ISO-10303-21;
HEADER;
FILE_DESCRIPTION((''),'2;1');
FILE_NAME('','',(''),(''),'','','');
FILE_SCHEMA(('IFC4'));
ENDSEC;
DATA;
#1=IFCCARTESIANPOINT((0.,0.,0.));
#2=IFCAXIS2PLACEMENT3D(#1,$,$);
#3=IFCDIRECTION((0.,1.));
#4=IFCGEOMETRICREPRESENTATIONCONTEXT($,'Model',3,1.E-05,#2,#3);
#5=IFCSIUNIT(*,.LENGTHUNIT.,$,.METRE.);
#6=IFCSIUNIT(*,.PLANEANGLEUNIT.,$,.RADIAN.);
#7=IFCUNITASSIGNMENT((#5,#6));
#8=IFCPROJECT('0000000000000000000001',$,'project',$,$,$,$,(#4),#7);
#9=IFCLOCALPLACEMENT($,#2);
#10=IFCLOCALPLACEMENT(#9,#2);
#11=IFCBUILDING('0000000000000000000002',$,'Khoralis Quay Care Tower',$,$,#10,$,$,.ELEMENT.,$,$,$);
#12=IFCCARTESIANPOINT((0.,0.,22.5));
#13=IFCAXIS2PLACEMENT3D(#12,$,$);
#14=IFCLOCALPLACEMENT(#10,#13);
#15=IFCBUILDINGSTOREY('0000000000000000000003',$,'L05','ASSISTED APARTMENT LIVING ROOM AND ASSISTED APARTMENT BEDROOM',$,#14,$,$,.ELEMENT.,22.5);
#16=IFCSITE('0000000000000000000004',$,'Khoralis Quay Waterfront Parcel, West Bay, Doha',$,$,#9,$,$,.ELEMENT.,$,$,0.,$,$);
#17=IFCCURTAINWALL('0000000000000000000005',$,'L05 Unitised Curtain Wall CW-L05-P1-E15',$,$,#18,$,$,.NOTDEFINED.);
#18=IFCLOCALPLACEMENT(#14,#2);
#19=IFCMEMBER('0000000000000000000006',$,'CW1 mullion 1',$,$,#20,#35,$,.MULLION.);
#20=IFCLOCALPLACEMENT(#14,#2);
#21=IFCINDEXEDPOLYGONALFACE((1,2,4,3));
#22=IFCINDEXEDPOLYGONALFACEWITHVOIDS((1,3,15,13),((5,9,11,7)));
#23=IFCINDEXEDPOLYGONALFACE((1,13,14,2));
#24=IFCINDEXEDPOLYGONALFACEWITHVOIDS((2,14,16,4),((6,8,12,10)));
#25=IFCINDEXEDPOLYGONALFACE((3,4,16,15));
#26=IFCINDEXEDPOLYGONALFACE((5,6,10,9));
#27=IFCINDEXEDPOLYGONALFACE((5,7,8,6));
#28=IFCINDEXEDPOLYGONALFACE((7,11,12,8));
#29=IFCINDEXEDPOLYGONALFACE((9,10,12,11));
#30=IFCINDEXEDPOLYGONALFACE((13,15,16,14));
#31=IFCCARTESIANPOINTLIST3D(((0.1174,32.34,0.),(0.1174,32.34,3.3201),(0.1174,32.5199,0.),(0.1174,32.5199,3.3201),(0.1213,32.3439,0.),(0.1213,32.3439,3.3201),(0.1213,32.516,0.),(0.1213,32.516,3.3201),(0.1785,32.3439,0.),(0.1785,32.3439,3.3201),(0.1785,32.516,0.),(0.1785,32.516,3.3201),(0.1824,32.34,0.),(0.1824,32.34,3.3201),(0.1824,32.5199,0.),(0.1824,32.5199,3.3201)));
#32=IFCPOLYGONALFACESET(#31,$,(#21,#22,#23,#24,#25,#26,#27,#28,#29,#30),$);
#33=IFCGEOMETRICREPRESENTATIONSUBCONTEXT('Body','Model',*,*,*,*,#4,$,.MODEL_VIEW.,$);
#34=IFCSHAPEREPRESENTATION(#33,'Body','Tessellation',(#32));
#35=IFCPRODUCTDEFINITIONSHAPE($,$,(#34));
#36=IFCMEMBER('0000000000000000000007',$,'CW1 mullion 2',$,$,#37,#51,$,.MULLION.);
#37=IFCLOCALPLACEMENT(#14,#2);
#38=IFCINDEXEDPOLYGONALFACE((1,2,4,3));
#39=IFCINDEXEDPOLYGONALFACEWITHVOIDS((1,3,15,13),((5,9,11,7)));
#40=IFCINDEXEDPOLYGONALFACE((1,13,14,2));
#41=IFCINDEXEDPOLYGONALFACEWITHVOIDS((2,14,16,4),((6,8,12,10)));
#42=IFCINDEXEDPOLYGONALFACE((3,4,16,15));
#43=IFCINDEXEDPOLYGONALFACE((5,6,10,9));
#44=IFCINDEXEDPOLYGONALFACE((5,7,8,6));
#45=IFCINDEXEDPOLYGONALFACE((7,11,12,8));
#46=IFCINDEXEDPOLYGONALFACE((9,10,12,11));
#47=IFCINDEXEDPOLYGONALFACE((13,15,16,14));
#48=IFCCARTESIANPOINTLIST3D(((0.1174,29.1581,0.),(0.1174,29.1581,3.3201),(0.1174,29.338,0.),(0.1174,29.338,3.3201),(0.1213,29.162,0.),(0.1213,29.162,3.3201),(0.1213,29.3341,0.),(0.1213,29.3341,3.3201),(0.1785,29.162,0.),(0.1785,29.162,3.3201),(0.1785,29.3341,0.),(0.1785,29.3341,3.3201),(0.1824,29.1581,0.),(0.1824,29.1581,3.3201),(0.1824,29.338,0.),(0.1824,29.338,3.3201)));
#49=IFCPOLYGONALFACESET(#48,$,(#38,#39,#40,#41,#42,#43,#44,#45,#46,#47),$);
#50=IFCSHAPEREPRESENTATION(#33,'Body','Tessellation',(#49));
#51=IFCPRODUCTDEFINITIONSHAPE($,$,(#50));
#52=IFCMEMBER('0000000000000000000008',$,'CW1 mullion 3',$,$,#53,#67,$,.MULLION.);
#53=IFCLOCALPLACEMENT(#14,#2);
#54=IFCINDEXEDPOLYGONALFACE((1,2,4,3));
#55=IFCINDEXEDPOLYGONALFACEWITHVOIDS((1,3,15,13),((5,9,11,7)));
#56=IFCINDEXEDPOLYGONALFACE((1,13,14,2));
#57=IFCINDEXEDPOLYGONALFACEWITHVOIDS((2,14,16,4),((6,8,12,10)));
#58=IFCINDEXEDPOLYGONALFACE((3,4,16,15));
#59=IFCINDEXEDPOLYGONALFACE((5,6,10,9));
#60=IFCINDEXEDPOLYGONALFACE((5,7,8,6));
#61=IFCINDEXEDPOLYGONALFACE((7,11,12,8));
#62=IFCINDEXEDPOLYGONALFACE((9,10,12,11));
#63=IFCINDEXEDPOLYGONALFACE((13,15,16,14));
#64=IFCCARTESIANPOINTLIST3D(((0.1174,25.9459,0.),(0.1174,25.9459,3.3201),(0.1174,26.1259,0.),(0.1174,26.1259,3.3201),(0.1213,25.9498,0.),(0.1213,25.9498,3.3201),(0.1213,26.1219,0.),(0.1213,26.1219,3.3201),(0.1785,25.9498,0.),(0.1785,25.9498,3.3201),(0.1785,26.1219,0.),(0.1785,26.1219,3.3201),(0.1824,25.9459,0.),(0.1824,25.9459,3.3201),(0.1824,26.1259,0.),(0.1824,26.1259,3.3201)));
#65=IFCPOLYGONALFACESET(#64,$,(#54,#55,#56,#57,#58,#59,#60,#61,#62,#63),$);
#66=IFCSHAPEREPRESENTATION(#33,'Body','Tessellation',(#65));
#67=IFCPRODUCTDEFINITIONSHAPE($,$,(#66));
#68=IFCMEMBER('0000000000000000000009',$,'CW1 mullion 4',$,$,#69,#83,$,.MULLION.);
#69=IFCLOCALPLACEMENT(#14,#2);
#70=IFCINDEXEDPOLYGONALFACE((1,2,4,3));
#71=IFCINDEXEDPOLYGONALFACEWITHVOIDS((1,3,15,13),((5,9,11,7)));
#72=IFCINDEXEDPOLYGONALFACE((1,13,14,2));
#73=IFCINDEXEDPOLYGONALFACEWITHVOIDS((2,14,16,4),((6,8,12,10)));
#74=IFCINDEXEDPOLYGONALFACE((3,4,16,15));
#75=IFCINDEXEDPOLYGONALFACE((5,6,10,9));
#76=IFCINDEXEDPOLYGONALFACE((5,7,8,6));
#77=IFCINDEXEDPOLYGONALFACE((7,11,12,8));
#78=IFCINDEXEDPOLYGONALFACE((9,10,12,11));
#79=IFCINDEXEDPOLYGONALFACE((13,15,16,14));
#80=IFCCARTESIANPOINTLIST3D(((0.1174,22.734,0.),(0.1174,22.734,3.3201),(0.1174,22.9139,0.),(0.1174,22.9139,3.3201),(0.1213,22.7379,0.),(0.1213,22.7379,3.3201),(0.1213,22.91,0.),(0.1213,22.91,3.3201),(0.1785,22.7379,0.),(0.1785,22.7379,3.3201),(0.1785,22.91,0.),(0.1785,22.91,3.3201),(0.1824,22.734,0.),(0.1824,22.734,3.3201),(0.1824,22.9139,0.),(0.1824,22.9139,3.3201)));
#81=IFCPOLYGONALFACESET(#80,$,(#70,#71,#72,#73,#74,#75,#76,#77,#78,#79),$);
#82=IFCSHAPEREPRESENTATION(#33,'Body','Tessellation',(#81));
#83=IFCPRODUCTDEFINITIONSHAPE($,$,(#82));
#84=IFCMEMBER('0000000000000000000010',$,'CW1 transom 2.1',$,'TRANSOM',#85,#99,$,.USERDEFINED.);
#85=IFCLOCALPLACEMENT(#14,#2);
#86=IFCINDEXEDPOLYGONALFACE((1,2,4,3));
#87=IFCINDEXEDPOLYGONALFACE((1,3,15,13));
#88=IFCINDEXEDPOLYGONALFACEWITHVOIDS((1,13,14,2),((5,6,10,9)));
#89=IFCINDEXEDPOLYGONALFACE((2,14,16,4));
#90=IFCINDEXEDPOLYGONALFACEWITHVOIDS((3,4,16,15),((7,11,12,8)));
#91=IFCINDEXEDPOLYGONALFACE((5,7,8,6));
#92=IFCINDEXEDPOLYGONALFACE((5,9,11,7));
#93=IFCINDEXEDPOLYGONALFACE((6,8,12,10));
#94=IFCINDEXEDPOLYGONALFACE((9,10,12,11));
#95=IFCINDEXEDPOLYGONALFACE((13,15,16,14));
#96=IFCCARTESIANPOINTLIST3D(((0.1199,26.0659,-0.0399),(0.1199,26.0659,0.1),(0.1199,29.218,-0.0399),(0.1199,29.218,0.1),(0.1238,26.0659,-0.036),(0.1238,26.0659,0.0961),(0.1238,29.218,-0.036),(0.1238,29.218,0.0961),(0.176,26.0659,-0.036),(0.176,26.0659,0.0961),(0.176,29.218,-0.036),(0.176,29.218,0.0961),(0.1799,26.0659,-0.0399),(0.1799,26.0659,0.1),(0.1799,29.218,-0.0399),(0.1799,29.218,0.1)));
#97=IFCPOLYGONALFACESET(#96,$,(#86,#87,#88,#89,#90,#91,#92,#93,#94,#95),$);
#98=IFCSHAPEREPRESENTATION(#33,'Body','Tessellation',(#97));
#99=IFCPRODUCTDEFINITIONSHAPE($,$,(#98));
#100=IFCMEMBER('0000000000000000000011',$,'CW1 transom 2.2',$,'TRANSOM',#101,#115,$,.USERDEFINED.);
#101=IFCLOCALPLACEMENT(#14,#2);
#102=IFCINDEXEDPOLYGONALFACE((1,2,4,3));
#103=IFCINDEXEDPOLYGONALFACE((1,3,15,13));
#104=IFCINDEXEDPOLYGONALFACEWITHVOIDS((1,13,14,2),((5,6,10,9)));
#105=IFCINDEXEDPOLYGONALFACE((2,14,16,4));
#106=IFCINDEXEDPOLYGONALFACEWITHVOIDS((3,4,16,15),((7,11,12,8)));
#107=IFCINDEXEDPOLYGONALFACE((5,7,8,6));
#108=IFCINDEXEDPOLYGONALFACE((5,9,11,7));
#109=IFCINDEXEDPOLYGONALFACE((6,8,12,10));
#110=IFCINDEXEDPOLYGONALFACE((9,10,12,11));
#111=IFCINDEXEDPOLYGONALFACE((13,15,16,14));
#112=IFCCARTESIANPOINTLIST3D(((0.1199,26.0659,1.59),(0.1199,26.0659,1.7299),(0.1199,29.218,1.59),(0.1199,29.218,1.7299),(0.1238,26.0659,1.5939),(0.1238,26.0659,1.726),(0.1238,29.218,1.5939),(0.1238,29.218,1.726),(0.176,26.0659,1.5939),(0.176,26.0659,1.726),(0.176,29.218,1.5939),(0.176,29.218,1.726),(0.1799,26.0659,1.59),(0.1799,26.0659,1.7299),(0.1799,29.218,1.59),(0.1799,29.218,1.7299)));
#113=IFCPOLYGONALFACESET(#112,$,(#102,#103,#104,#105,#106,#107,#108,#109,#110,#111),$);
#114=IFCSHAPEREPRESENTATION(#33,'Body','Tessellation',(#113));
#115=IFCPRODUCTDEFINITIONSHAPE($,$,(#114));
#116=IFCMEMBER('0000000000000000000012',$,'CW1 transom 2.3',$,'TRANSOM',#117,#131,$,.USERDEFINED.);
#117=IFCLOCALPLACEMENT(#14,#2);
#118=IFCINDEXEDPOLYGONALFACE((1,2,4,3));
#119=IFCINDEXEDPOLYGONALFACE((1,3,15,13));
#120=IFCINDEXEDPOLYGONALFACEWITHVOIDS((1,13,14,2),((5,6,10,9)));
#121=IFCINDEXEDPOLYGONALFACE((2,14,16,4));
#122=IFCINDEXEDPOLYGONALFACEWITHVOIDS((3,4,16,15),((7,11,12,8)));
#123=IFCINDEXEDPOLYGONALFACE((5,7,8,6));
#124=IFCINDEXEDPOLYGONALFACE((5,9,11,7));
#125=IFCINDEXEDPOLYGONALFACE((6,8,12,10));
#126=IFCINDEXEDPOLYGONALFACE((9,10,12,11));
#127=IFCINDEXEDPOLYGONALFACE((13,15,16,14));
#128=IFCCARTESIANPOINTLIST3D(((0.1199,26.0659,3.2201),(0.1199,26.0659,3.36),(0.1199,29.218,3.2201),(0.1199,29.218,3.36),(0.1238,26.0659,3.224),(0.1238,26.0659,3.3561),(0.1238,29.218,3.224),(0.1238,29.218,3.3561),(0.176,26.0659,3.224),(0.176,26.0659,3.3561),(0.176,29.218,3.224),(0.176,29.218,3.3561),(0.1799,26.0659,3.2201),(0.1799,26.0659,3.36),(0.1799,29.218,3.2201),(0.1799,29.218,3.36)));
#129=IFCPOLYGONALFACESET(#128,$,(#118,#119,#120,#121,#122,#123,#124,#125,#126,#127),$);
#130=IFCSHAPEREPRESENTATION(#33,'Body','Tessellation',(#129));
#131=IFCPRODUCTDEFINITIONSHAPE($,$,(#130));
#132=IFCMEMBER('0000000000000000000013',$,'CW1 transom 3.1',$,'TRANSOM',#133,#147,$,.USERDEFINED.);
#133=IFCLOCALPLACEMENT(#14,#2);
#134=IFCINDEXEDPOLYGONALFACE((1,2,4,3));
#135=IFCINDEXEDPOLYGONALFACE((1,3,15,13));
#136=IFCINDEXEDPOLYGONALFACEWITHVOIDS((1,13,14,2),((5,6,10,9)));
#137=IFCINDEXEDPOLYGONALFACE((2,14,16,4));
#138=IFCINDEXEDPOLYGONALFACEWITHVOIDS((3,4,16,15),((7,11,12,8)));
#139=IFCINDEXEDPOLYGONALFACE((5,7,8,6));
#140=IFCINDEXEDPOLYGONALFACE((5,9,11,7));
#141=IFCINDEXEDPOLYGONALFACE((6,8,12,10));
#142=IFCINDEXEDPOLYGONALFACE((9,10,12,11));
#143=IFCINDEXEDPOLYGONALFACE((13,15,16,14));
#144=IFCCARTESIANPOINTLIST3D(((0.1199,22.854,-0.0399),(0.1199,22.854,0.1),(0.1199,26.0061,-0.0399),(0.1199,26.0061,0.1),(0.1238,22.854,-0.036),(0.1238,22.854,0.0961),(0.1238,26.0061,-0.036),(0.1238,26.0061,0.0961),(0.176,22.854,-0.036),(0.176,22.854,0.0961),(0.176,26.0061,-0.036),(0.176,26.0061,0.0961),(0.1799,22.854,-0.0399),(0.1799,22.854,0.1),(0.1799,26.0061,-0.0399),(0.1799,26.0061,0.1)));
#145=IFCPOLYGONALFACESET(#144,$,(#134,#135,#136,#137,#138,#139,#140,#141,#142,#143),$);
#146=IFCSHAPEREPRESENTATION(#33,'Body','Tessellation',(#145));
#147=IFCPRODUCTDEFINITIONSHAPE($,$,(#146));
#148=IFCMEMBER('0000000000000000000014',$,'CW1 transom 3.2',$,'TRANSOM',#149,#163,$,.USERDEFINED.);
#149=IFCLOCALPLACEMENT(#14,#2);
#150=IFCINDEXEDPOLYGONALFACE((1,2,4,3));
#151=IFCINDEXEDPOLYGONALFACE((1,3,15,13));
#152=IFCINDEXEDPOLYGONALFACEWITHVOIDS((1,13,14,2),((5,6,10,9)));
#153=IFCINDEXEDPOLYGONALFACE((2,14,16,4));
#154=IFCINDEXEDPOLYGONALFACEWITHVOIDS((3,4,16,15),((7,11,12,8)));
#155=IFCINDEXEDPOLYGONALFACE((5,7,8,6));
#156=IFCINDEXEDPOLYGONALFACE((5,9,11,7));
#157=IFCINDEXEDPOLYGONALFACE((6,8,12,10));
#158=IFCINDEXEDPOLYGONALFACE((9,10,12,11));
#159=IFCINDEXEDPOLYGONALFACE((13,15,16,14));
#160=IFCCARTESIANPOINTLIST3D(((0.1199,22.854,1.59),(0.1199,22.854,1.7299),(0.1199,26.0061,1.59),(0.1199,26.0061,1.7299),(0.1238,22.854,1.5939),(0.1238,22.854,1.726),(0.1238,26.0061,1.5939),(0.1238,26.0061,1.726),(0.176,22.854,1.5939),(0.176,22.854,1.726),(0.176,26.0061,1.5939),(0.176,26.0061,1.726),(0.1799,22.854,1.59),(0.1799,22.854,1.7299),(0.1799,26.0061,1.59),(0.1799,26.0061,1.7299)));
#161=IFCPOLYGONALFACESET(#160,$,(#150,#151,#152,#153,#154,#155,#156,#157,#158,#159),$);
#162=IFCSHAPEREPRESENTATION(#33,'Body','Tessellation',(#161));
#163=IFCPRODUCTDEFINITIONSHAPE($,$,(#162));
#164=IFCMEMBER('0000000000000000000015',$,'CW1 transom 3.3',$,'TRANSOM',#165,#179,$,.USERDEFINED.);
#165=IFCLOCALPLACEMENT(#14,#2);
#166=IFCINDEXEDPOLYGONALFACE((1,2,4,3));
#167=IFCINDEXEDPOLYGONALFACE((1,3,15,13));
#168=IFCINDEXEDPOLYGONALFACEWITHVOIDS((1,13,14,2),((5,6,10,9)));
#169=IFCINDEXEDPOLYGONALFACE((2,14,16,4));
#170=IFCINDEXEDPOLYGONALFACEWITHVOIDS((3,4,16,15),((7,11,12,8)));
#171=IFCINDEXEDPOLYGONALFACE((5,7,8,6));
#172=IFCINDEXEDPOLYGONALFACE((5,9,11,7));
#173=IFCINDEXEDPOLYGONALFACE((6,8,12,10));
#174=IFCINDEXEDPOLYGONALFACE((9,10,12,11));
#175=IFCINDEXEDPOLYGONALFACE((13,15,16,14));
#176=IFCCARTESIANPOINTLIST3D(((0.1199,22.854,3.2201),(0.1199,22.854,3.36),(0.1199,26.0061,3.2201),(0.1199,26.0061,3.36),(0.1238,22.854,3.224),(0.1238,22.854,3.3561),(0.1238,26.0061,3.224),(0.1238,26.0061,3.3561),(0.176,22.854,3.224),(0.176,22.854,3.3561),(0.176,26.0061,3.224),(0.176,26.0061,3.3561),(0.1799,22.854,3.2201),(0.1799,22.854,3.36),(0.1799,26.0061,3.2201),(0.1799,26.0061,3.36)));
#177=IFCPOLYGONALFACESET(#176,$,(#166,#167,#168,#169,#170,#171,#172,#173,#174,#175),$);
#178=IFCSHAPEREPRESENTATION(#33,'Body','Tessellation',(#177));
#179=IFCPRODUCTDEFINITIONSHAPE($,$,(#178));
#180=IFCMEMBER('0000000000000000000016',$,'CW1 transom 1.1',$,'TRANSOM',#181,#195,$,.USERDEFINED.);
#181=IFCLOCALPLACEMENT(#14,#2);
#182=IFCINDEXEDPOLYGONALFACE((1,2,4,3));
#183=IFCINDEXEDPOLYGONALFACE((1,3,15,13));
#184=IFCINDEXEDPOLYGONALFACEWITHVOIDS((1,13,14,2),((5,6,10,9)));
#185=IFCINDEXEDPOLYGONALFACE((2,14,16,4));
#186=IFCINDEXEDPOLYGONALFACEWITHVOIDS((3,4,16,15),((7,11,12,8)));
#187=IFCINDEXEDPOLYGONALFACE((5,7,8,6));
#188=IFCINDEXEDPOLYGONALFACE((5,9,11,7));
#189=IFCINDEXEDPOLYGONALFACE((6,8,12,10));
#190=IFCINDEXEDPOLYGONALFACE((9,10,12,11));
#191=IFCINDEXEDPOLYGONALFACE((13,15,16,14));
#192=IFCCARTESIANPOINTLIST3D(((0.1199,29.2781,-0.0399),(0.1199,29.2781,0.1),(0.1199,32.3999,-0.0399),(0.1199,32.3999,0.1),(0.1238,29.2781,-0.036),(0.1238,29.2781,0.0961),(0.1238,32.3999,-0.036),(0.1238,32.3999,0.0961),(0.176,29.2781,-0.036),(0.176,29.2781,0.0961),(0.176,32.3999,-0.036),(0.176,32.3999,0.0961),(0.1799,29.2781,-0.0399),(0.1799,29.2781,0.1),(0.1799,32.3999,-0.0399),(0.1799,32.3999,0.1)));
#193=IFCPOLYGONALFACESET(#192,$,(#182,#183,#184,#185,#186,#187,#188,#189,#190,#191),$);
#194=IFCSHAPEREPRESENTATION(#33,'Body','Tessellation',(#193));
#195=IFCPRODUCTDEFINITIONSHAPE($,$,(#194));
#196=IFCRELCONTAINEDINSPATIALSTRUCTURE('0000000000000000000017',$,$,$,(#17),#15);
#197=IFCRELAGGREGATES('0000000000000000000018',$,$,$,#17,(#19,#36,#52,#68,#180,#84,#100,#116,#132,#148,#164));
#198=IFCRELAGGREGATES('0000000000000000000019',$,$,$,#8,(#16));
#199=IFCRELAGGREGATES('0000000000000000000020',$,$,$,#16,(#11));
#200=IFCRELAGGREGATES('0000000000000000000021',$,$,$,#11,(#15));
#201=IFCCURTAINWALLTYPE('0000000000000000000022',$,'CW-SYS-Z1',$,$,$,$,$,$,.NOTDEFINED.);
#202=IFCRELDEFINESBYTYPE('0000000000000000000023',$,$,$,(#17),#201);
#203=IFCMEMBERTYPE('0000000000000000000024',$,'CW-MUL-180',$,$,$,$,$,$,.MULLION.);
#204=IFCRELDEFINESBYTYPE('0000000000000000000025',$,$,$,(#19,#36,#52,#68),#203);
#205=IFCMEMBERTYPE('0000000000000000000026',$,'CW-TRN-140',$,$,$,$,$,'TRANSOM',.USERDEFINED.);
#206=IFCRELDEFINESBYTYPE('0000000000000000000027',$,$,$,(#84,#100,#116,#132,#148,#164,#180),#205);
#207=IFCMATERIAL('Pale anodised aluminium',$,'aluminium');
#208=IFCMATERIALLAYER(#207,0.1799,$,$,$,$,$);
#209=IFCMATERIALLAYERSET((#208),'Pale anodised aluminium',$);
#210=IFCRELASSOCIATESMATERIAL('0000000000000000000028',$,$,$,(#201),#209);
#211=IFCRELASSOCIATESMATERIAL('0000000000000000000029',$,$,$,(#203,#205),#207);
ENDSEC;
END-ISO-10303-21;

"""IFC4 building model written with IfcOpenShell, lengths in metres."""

from ifc_helpers import new_model, si_unit, direction, frame, origin, origin_2d, place, context, subcontext, project, spatial, hollow_rectangle, extrude, source, transform, mapped, material, layer, layer_set, material_profile, profile_set, type_object, element, aggregate, save


model = new_model("IFC4")

# Units and contexts
model_context = context("Model", 3, precision=1e-05, world=origin(), true_north=direction((0.0, 1.0)))
body_context = subcontext(model_context, "Body", "Model", "MODEL_VIEW")
ifc_project = project(units=[si_unit("LENGTHUNIT", "METRE"), si_unit("PLANEANGLEUNIT", "RADIAN")], contexts=[model_context])

# Site, building, storey
site_placement = place(None, origin())
site = spatial("IfcSite", under=ifc_project, at=site_placement, Name="Khoralis Quay Waterfront Parcel, West Bay, Doha", CompositionType="ELEMENT", RefElevation=0.0)
building_placement = place(site_placement, origin())
building = spatial("IfcBuilding", under=site, at=building_placement, Name="Khoralis Quay Care Tower", CompositionType="ELEMENT")
storey_placement = place(building_placement, frame((0.0, 0.0, 22.5)))
storey = spatial("IfcBuildingStorey", under=building, at=storey_placement, Name="L05", Description="ASSISTED APARTMENT LIVING ROOM AND ASSISTED APARTMENT BEDROOM", CompositionType="ELEMENT", Elevation=22.5)

# Curtain wall, members
ifc_material_1 = material(Name="Pale anodised aluminium", Category="aluminium")
ifc_layer_1 = layer(ifc_material_1, 0.1799)
ifc_layer_set_1 = layer_set([ifc_layer_1], Name="Pale anodised aluminium")
curtain_wall_type = type_object("IfcCurtainWallType", Name="CW-SYS-Z1", PredefinedType="NOTDEFINED", material=ifc_layer_set_1)
curtain_wall_placement = place(storey_placement, origin())
curtain_wall = element("IfcCurtainWall", 1, at=curtain_wall_placement, inside=storey, type_object=curtain_wall_type, Name="L05 Unitised Curtain Wall CW-L05-P1-E15", PredefinedType="NOTDEFINED")
ifc_material_profile_1 = material_profile(ifc_material_1, hollow_rectangle(XDim=0.0649, YDim=0.1799, WallThickness=0.0039, at=origin_2d()), Name="Pale anodised aluminium")
ifc_profile_set_1 = profile_set([ifc_material_profile_1], Name="Pale anodised aluminium")
member_type_1 = type_object("IfcMemberType", Name="CW-MUL-180", PredefinedType="MULLION", material=ifc_profile_set_1)
shared_shape_1 = source(origin(), body_context, "Body", "SweptSolid", [
    extrude(hollow_rectangle(XDim=0.0649, YDim=0.1799, WallThickness=0.0039, at=origin_2d()), origin(), (0.0, 0.0, 1.0), 3.3201),
])
member_1_placement = place(storey_placement, frame((0.1499, 32.4299, 0.0), z_axis=(0.0, 0.0, 1.0), x_axis=(1.0, 0.0, 0.0)))
member_1 = element("IfcMember", 2, at=member_1_placement, type_object=member_type_1, Name="CW1 mullion 1", PredefinedType="MULLION", context=body_context, shape_type="MappedRepresentation", body=[
    mapped(shared_shape_1, transform((0.0, 0.0, 0.0), scale=1.0)),
])
member_2_placement = place(storey_placement, frame((0.1499, 29.248, 0.0), z_axis=(0.0, 0.0, 1.0), x_axis=(1.0, 0.0, 0.0)))
member_2 = element("IfcMember", 3, at=member_2_placement, type_object=member_type_1, Name="CW1 mullion 2", PredefinedType="MULLION", context=body_context, shape_type="MappedRepresentation", body=[
    mapped(shared_shape_1, transform((0.0, 0.0, 0.0), scale=1.0)),
])
member_3_placement = place(storey_placement, frame((0.1499, 26.0359, 0.0), z_axis=(0.0, 0.0, 1.0), x_axis=(1.0, 0.0, 0.0)))
member_3 = element("IfcMember", 4, at=member_3_placement, type_object=member_type_1, Name="CW1 mullion 3", PredefinedType="MULLION", context=body_context, shape_type="MappedRepresentation", body=[
    mapped(shared_shape_1, transform((0.0, 0.0, 0.0), scale=1.0)),
])
member_4_placement = place(storey_placement, frame((0.1499, 22.824, 0.0), z_axis=(0.0, 0.0, 1.0), x_axis=(1.0, 0.0, 0.0)))
member_4 = element("IfcMember", 5, at=member_4_placement, type_object=member_type_1, Name="CW1 mullion 4", PredefinedType="MULLION", context=body_context, shape_type="MappedRepresentation", body=[
    mapped(shared_shape_1, transform((0.0, 0.0, 0.0), scale=1.0)),
])
ifc_material_profile_2 = material_profile(ifc_material_1, hollow_rectangle(XDim=0.0601, YDim=0.1399, WallThickness=0.0039, at=origin_2d()), Name="Pale anodised aluminium")
ifc_profile_set_2 = profile_set([ifc_material_profile_2], Name="Pale anodised aluminium")
member_type_2 = type_object("IfcMemberType", Name="CW-TRN-140", ElementType="TRANSOM", PredefinedType="USERDEFINED", material=ifc_profile_set_2)
shared_shape_2 = source(origin(), body_context, "Body", "SweptSolid", [
    extrude(hollow_rectangle(XDim=0.0601, YDim=0.1399, WallThickness=0.0039, at=origin_2d()), origin(), (0.0, 0.0, 1.0), 3.1521),
])
member_5_placement = place(storey_placement, frame((0.1499, 29.218, 0.03), z_axis=(0.0, -1.0, 0.0), x_axis=(1.0, 0.0, 0.0)))
member_5 = element("IfcMember", 6, at=member_5_placement, type_object=member_type_2, Name="CW1 transom 2.1", ObjectType="TRANSOM", PredefinedType="USERDEFINED", context=body_context, shape_type="MappedRepresentation", body=[
    mapped(shared_shape_2, transform((0.0, 0.0, 0.0), scale=1.0)),
])
member_6_placement = place(storey_placement, frame((0.1499, 29.218, 1.6599), z_axis=(0.0, -1.0, 0.0), x_axis=(1.0, 0.0, 0.0)))
member_6 = element("IfcMember", 7, at=member_6_placement, type_object=member_type_2, Name="CW1 transom 2.2", ObjectType="TRANSOM", PredefinedType="USERDEFINED", context=body_context, shape_type="MappedRepresentation", body=[
    mapped(shared_shape_2, transform((0.0, 0.0, 0.0), scale=1.0)),
])
member_7_placement = place(storey_placement, frame((0.1499, 29.218, 3.29), z_axis=(0.0, -1.0, 0.0), x_axis=(1.0, 0.0, 0.0)))
member_7 = element("IfcMember", 8, at=member_7_placement, type_object=member_type_2, Name="CW1 transom 2.3", ObjectType="TRANSOM", PredefinedType="USERDEFINED", context=body_context, shape_type="MappedRepresentation", body=[
    mapped(shared_shape_2, transform((0.0, 0.0, 0.0), scale=1.0)),
])
member_8_placement = place(storey_placement, frame((0.1499, 26.0061, 0.03), z_axis=(0.0, -1.0, 0.0), x_axis=(1.0, 0.0, 0.0)))
member_8 = element("IfcMember", 9, at=member_8_placement, type_object=member_type_2, Name="CW1 transom 3.1", ObjectType="TRANSOM", PredefinedType="USERDEFINED", context=body_context, shape_type="MappedRepresentation", body=[
    mapped(shared_shape_2, transform((0.0, 0.0, 0.0), scale=1.0)),
])
member_9_placement = place(storey_placement, frame((0.1499, 26.0061, 1.6599), z_axis=(0.0, -1.0, 0.0), x_axis=(1.0, 0.0, 0.0)))
member_9 = element("IfcMember", 10, at=member_9_placement, type_object=member_type_2, Name="CW1 transom 3.2", ObjectType="TRANSOM", PredefinedType="USERDEFINED", context=body_context, shape_type="MappedRepresentation", body=[
    mapped(shared_shape_2, transform((0.0, 0.0, 0.0), scale=1.0)),
])
member_10_placement = place(storey_placement, frame((0.1499, 26.0061, 3.29), z_axis=(0.0, -1.0, 0.0), x_axis=(1.0, 0.0, 0.0)))
member_10 = element("IfcMember", 11, at=member_10_placement, type_object=member_type_2, Name="CW1 transom 3.3", ObjectType="TRANSOM", PredefinedType="USERDEFINED", context=body_context, shape_type="MappedRepresentation", body=[
    mapped(shared_shape_2, transform((0.0, 0.0, 0.0), scale=1.0)),
])
shared_shape_3 = source(origin(), body_context, "Body", "SweptSolid", [
    extrude(hollow_rectangle(XDim=0.0601, YDim=0.1399, WallThickness=0.0039, at=origin_2d()), origin(), (0.0, 0.0, 1.0), 3.1218),
])
member_11_placement = place(storey_placement, frame((0.1499, 32.3999, 0.03), z_axis=(0.0, -1.0, 0.0), x_axis=(1.0, 0.0, 0.0)))
member_11 = element("IfcMember", 12, at=member_11_placement, type_object=member_type_2, Name="CW1 transom 1.1", ObjectType="TRANSOM", PredefinedType="USERDEFINED", context=body_context, shape_type="MappedRepresentation", body=[
    mapped(shared_shape_3, transform((0.0, 0.0, 0.0), scale=1.0)),
])
aggregate(curtain_wall, [member_1, member_2, member_3, member_4, member_11, member_5, member_6, member_7, member_8, member_9, member_10])

save(model, "model.ifc")
